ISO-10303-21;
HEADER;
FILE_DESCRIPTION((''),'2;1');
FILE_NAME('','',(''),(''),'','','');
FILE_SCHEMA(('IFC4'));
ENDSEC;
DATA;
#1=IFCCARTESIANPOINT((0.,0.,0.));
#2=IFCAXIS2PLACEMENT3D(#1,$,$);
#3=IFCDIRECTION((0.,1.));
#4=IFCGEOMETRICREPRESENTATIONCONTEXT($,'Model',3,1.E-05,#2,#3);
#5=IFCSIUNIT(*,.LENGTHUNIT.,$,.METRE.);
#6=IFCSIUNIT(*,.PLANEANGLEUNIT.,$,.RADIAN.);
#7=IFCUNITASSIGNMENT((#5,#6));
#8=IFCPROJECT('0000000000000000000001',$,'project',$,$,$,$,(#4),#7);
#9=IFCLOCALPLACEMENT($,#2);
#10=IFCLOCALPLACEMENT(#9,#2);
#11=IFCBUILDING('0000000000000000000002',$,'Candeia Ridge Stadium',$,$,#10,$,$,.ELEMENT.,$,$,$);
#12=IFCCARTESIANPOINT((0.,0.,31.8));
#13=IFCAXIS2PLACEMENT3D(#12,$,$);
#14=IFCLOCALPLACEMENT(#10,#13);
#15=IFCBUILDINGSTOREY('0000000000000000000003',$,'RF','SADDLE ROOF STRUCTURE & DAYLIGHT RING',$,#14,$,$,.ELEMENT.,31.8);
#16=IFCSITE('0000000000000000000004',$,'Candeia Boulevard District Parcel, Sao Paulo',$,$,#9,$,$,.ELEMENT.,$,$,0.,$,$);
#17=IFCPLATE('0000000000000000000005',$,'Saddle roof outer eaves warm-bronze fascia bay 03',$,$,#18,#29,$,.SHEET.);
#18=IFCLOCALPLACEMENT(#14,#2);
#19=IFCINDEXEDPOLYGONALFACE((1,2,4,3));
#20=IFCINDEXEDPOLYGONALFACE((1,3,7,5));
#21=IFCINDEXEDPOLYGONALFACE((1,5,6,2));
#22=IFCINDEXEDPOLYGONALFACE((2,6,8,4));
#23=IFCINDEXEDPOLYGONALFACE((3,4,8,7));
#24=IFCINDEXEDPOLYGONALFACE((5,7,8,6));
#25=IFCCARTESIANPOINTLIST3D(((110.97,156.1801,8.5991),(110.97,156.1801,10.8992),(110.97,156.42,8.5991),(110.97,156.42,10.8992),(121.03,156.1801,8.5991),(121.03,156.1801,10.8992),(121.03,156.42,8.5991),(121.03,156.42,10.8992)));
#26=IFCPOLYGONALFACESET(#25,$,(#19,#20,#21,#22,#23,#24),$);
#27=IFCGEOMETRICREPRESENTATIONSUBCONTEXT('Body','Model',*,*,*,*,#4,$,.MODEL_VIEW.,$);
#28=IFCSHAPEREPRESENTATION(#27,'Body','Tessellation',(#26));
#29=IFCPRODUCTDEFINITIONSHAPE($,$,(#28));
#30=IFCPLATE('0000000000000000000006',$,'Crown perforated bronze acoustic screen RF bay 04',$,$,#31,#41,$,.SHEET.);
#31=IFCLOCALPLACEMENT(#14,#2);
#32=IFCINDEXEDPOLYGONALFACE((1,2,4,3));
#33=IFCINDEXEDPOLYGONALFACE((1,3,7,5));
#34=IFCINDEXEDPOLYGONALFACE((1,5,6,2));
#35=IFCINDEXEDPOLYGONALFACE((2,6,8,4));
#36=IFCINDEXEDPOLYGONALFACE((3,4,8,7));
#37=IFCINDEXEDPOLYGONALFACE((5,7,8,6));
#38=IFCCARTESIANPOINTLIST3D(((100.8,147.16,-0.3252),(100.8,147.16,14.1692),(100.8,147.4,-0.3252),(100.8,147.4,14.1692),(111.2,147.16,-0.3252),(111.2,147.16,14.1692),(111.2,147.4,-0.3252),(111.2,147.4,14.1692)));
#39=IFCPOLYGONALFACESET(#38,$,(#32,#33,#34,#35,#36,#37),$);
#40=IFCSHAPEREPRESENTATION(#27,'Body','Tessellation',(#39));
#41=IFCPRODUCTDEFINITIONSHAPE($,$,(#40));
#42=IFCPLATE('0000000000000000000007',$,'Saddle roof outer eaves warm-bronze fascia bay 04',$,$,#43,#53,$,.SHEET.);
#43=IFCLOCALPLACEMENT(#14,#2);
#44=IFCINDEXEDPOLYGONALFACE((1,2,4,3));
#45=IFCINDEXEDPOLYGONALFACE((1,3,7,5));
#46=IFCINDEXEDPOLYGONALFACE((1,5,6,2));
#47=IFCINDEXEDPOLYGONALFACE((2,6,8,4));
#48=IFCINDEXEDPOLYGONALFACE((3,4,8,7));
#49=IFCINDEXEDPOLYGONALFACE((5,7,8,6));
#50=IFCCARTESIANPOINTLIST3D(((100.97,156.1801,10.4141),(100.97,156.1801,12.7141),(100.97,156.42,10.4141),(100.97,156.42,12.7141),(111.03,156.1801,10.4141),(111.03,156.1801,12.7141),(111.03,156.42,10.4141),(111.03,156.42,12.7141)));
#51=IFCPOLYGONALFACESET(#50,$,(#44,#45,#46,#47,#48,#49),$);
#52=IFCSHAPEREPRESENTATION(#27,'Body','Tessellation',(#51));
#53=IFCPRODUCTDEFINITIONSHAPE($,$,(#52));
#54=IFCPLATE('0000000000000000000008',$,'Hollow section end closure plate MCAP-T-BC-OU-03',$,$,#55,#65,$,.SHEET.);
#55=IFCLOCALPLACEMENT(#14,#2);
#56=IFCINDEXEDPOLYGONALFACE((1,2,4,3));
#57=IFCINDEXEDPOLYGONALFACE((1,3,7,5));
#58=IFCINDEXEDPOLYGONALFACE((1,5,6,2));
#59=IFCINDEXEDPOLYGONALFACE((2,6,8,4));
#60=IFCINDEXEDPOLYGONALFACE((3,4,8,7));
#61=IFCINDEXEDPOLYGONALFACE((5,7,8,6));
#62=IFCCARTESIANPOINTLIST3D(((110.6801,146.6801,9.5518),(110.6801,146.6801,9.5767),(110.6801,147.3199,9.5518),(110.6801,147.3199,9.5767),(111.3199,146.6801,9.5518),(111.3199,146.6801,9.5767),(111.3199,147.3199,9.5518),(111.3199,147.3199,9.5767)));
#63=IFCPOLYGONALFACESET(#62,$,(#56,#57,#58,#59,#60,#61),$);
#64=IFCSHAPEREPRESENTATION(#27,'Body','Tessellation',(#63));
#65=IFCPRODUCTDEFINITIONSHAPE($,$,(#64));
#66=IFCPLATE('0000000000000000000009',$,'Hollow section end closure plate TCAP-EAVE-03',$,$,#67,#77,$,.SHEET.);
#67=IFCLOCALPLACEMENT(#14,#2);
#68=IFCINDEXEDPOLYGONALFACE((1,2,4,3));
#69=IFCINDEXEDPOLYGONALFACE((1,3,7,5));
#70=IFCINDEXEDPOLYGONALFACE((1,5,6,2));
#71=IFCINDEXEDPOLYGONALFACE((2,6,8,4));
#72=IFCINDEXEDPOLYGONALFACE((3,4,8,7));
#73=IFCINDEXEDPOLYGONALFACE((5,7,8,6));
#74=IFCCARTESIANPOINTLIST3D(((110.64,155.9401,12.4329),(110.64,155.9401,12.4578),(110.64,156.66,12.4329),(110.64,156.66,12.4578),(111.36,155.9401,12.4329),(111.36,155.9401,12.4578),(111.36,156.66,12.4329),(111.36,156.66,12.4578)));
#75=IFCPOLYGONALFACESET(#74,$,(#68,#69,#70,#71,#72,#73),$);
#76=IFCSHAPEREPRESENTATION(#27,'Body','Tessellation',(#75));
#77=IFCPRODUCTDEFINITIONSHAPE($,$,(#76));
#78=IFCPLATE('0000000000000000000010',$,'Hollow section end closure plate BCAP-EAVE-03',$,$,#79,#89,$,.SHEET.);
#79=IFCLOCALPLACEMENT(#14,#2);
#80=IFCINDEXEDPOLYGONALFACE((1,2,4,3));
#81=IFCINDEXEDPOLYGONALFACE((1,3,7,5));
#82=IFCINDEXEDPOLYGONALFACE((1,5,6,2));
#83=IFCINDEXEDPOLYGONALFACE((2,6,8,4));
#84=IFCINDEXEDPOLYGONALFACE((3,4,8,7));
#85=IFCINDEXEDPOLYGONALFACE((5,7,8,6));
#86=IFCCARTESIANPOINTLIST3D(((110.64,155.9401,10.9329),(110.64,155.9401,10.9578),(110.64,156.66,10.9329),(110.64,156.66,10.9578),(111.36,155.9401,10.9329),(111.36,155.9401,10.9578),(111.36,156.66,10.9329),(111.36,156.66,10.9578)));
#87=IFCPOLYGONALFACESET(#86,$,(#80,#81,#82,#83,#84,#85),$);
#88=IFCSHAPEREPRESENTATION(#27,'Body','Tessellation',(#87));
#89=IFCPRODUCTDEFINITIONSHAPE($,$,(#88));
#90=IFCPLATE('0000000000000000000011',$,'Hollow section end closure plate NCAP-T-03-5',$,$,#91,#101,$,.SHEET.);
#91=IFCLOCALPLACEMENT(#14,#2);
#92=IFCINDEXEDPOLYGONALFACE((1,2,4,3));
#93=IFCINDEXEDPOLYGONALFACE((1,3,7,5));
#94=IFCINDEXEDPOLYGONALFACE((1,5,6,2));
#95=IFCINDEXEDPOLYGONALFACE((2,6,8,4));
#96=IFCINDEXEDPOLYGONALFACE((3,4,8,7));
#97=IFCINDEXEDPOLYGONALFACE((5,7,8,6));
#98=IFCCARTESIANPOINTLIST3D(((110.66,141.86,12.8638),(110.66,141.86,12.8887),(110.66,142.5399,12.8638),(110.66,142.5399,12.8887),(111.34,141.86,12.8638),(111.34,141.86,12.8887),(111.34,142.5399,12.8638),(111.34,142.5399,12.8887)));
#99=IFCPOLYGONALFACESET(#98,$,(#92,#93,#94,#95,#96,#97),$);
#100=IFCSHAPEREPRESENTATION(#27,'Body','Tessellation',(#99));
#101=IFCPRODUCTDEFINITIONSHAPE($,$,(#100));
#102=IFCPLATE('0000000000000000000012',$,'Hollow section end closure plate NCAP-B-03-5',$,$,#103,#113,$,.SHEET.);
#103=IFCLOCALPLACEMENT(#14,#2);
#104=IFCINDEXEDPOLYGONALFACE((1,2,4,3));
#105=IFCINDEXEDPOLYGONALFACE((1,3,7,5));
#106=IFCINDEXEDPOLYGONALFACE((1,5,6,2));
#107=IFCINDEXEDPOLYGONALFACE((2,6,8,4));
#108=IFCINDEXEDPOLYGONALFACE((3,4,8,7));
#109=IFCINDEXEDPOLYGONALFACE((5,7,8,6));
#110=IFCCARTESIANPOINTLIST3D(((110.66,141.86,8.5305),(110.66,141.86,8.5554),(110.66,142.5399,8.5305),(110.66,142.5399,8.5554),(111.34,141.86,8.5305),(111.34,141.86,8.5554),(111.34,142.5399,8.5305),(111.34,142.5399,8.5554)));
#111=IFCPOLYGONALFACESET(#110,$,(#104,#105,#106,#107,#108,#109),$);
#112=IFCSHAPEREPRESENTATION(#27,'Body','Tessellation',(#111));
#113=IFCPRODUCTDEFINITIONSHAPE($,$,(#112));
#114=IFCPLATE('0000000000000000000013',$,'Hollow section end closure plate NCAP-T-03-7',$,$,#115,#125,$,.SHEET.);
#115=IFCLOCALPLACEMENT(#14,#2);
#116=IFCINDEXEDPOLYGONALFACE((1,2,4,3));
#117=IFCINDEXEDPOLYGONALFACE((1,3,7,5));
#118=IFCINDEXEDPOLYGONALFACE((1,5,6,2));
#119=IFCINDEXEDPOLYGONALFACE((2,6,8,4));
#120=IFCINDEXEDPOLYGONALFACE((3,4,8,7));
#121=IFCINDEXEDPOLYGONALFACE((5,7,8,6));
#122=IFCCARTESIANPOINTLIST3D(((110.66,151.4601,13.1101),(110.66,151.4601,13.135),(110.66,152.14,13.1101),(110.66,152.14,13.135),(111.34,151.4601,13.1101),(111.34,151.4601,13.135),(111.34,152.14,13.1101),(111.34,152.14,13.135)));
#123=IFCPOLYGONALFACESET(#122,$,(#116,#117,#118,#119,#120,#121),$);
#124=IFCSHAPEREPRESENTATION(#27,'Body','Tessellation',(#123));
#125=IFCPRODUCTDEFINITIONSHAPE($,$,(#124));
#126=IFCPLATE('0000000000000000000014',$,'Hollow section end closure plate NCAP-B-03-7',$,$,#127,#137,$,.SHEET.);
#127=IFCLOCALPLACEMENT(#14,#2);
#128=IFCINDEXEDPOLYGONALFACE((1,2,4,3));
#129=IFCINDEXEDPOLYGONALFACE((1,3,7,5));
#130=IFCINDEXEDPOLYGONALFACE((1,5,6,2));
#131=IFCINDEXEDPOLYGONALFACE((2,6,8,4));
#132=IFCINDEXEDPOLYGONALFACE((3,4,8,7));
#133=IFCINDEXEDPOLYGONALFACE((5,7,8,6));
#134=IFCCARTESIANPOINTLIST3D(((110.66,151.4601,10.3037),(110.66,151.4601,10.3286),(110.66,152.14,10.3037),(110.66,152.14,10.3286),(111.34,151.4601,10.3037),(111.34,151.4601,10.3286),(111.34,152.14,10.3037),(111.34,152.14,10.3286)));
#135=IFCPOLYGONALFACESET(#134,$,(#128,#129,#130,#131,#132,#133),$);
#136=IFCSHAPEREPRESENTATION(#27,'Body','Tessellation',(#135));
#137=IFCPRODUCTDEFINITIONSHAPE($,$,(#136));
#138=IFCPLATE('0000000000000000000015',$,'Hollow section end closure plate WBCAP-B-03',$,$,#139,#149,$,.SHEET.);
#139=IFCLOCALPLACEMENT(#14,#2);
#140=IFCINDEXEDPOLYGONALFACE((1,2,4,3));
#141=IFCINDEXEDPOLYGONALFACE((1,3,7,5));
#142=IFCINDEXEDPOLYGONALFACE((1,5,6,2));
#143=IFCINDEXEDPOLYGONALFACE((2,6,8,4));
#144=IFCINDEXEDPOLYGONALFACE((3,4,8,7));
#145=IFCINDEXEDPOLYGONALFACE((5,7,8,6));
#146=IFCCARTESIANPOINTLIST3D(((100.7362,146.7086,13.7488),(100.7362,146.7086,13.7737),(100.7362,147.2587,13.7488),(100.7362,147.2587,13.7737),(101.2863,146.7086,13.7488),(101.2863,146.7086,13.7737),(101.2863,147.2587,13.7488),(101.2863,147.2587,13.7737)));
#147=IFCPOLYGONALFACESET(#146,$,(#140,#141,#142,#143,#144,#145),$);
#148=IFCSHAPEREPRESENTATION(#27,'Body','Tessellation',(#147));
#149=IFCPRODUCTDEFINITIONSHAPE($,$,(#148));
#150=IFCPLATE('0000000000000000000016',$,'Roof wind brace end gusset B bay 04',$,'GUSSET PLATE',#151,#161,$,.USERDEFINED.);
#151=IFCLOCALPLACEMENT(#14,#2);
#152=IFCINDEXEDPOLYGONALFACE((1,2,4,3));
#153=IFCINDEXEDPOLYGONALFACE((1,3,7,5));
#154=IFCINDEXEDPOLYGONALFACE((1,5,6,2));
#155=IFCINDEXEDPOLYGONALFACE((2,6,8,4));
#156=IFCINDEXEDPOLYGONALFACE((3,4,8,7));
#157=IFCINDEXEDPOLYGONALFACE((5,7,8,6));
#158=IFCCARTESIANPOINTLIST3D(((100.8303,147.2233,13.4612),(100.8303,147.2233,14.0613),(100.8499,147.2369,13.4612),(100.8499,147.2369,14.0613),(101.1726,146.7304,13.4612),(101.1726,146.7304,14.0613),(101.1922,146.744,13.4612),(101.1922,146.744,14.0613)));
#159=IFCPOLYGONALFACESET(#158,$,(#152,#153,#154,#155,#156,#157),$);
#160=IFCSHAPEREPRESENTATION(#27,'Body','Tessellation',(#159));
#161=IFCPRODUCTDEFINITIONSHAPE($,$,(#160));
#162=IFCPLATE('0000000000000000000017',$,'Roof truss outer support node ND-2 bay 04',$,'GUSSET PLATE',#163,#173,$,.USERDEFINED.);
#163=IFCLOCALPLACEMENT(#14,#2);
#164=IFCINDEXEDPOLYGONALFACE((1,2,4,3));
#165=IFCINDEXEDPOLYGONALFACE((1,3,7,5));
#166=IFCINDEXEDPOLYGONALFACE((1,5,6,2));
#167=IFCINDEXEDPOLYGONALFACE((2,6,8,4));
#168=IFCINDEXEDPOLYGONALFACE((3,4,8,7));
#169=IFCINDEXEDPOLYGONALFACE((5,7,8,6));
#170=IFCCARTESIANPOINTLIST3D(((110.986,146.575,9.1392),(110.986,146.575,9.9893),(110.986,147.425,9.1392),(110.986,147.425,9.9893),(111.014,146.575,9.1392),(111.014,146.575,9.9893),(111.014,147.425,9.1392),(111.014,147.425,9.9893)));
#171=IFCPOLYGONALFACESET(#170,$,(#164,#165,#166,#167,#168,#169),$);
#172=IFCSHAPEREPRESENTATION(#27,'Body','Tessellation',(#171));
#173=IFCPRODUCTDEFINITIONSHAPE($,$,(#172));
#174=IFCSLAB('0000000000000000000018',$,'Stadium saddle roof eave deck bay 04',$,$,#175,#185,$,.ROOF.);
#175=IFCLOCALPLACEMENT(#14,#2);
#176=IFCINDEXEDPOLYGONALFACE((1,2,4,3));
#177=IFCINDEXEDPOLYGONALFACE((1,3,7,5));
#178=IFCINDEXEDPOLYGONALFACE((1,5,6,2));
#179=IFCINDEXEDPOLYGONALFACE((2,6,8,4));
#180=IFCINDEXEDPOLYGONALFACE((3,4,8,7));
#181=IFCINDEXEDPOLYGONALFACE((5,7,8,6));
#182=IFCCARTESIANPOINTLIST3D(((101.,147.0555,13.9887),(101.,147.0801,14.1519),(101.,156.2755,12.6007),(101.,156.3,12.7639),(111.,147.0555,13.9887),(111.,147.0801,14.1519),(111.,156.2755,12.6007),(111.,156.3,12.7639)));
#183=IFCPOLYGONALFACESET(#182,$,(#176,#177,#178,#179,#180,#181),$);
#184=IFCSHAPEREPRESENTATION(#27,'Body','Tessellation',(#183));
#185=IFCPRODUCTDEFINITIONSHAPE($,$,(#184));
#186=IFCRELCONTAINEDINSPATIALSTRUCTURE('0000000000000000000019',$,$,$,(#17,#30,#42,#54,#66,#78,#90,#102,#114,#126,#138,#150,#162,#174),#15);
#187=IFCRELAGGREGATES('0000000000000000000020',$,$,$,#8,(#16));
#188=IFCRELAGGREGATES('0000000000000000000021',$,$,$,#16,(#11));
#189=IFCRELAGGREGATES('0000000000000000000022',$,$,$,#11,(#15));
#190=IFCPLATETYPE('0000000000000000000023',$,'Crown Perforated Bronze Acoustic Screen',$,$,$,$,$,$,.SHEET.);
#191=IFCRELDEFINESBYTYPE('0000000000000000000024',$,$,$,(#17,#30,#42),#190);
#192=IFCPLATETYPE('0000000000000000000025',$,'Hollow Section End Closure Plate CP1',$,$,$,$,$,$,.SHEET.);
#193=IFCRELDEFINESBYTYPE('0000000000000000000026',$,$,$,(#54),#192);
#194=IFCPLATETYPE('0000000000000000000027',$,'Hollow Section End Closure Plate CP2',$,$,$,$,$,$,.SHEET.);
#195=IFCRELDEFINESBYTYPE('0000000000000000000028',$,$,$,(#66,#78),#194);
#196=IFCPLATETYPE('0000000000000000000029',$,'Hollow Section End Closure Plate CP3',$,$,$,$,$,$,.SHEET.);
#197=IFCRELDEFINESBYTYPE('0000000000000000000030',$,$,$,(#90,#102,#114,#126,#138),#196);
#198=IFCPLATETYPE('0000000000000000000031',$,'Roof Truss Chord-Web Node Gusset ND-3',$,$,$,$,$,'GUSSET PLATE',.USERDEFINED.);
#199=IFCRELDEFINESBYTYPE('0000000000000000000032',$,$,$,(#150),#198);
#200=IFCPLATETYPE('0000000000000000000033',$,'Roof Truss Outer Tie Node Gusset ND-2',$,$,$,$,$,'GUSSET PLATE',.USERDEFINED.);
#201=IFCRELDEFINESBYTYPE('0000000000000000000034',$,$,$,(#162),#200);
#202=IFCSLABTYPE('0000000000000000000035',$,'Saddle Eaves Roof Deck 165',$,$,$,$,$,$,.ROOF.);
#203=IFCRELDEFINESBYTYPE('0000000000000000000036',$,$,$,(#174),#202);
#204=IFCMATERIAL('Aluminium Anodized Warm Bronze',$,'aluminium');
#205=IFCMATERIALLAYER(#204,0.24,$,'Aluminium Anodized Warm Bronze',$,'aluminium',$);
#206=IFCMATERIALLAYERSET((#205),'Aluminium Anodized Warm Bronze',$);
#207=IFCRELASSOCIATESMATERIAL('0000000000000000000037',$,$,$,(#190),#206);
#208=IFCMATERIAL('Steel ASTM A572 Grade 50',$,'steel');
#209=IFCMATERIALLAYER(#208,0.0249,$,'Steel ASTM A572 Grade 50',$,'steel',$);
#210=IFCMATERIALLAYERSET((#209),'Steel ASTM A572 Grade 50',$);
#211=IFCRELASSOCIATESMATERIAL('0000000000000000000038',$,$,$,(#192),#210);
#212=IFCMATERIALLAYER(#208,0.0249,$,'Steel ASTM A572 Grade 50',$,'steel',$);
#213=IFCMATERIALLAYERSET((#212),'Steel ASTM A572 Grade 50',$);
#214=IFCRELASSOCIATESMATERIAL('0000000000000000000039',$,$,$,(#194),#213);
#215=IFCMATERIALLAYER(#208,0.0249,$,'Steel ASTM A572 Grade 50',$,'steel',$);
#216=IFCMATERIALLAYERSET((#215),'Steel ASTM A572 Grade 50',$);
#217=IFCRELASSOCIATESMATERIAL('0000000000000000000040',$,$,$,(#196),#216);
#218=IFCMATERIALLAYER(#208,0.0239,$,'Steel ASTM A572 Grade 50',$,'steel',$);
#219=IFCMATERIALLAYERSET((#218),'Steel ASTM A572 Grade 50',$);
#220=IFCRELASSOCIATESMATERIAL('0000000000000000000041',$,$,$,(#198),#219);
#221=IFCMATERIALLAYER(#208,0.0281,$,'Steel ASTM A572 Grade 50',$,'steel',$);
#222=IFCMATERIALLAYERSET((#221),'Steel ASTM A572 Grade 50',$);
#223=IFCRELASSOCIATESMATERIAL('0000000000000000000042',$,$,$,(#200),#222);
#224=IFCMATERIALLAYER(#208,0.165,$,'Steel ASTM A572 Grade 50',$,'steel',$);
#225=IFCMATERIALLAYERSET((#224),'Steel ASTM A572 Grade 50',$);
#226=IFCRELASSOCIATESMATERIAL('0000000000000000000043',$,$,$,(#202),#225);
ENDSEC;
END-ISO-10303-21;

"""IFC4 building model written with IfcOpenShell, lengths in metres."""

from ifc_helpers import new_model, si_unit, direction, frame, origin, origin_2d, place, context, subcontext, project, spatial, polyline, rectangle, outline, extrude, material, layer, layer_set, type_object, element, save


model = new_model("IFC4")

# Units and contexts
model_context = context("Model", 3, precision=1e-05, world=origin(), true_north=direction((0.0, 1.0)))
body_context = subcontext(model_context, "Body", "Model", "MODEL_VIEW")
ifc_project = project(units=[si_unit("LENGTHUNIT", "METRE"), si_unit("PLANEANGLEUNIT", "RADIAN")], contexts=[model_context])

# Site, building, storey
site_placement = place(None, origin())
site = spatial("IfcSite", under=ifc_project, at=site_placement, Name="Candeia Boulevard District Parcel, Sao Paulo", CompositionType="ELEMENT", RefElevation=0.0)
building_placement = place(site_placement, origin())
building = spatial("IfcBuilding", under=site, at=building_placement, Name="Candeia Ridge Stadium", CompositionType="ELEMENT")
storey_placement = place(building_placement, frame((0.0, 0.0, 31.8)))
storey = spatial("IfcBuildingStorey", under=building, at=storey_placement, Name="RF", Description="SADDLE ROOF STRUCTURE & DAYLIGHT RING", CompositionType="ELEMENT", Elevation=31.8)

# Shared definitions
ifc_material_1 = material(Name="Steel ASTM A572 Grade 50", Category="steel")

# Plates
ifc_material_2 = material(Name="Aluminium Anodized Warm Bronze", Category="aluminium")
ifc_layer_1 = layer(ifc_material_2, 0.24, Name="Aluminium Anodized Warm Bronze", Category="aluminium")
ifc_layer_set_1 = layer_set([ifc_layer_1], Name="Aluminium Anodized Warm Bronze")
plate_type_1 = type_object("IfcPlateType", Name="Crown Perforated Bronze Acoustic Screen", PredefinedType="SHEET", material=ifc_layer_set_1)
plate_1_placement = place(storey_placement, frame((116.0, 156.3, 8.5991), z_axis=(0.0, 0.0, 1.0), x_axis=(-1.0, 0.0, 0.0)))
element("IfcPlate", 1, at=plate_1_placement, inside=storey, type_object=plate_type_1, Name="Saddle roof outer eaves warm-bronze fascia bay 03", PredefinedType="SHEET", context=body_context, shape_type="SweptSolid", body=[
    extrude(rectangle(XDim=10.0601, YDim=0.24, at=origin_2d()), origin(), (0.0, 0.0, 1.0), 2.3),
])
plate_2_placement = place(storey_placement, frame((106.0, 147.28, -0.3252), z_axis=(0.0, 0.0, 1.0), x_axis=(-1.0, 0.0, 0.0)))
element("IfcPlate", 2, at=plate_2_placement, inside=storey, type_object=plate_type_1, Name="Crown perforated bronze acoustic screen RF bay 04", PredefinedType="SHEET", context=body_context, shape_type="SweptSolid", body=[
    extrude(rectangle(XDim=10.3999, YDim=0.24, at=origin_2d()), origin(), (0.0, 0.0, 1.0), 14.4944),
])
plate_3_placement = place(storey_placement, frame((106.0, 156.3, 10.4141), z_axis=(0.0, 0.0, 1.0), x_axis=(-1.0, 0.0, 0.0)))
element("IfcPlate", 3, at=plate_3_placement, inside=storey, type_object=plate_type_1, Name="Saddle roof outer eaves warm-bronze fascia bay 04", PredefinedType="SHEET", context=body_context, shape_type="SweptSolid", body=[
    extrude(rectangle(XDim=10.0601, YDim=0.24, at=origin_2d()), origin(), (0.0, 0.0, 1.0), 2.3),
])
ifc_layer_2 = layer(ifc_material_1, 0.0249, Name="Steel ASTM A572 Grade 50", Category="steel")
ifc_layer_set_2 = layer_set([ifc_layer_2], Name="Steel ASTM A572 Grade 50")
plate_type_2 = type_object("IfcPlateType", Name="Hollow Section End Closure Plate CP1", PredefinedType="SHEET", material=ifc_layer_set_2)
plate_4_placement = place(storey_placement, frame((111.0, 147.0, 9.5518), z_axis=(0.0, 0.0, 1.0), x_axis=(1.0, 0.0, 0.0)))
element("IfcPlate", 4, at=plate_4_placement, inside=storey, type_object=plate_type_2, Name="Hollow section end closure plate MCAP-T-BC-OU-03", PredefinedType="SHEET", context=body_context, shape_type="SweptSolid", body=[
    extrude(rectangle(XDim=0.6399, YDim=0.6399, at=origin_2d()), origin(), (0.0, 0.0, 1.0), 0.0249),
])
ifc_layer_3 = layer(ifc_material_1, 0.0249, Name="Steel ASTM A572 Grade 50", Category="steel")
ifc_layer_set_3 = layer_set([ifc_layer_3], Name="Steel ASTM A572 Grade 50")
plate_type_3 = type_object("IfcPlateType", Name="Hollow Section End Closure Plate CP2", PredefinedType="SHEET", material=ifc_layer_set_3)
for number, where, z_axis, x_axis, name in (
    (5, (111.0, 156.3, 12.4329), (0.0, 0.0, 1.0), (1.0, 0.0, 0.0), "Hollow section end closure plate TCAP-EAVE-03"),
    (6, (111.0, 156.3, 10.9329), (0.0, 0.0, 1.0), (1.0, 0.0, 0.0), "Hollow section end closure plate BCAP-EAVE-03"),
):
    element("IfcPlate", number, at=place(storey_placement, frame(where, z_axis=z_axis, x_axis=x_axis)), inside=storey, type_object=plate_type_3, Name=name, PredefinedType="SHEET", context=body_context, shape_type="SweptSolid", body=[
        extrude(rectangle(XDim=0.72, YDim=0.72, at=origin_2d()), origin(), (0.0, 0.0, 1.0), 0.0249),
    ])
ifc_layer_4 = layer(ifc_material_1, 0.0249, Name="Steel ASTM A572 Grade 50", Category="steel")
ifc_layer_set_4 = layer_set([ifc_layer_4], Name="Steel ASTM A572 Grade 50")
plate_type_4 = type_object("IfcPlateType", Name="Hollow Section End Closure Plate CP3", PredefinedType="SHEET", material=ifc_layer_set_4)
for number, where, z_axis, x_axis, name in (
    (7, (111.0, 142.2, 12.8638), (0.0, 0.0, 1.0), (1.0, 0.0, 0.0), "Hollow section end closure plate NCAP-T-03-5"),
    (8, (111.0, 142.2, 8.5305), (0.0, 0.0, 1.0), (1.0, 0.0, 0.0), "Hollow section end closure plate NCAP-B-03-5"),
    (9, (111.0, 151.8, 13.1101), (0.0, 0.0, 1.0), (1.0, 0.0, 0.0), "Hollow section end closure plate NCAP-T-03-7"),
    (10, (111.0, 151.8, 10.3037), (0.0, 0.0, 1.0), (1.0, 0.0, 0.0), "Hollow section end closure plate NCAP-B-03-7"),
):
    element("IfcPlate", number, at=place(storey_placement, frame(where, z_axis=z_axis, x_axis=x_axis)), inside=storey, type_object=plate_type_4, Name=name, PredefinedType="SHEET", context=body_context, shape_type="SweptSolid", body=[
        extrude(rectangle(XDim=0.6799, YDim=0.6799, at=origin_2d()), origin(), (0.0, 0.0, 1.0), 0.0249),
    ])
plate_5_placement = place(storey_placement, frame((101.0112, 146.9836, 13.7488), z_axis=(0.0, 0.0, 1.0), x_axis=(1.0, 0.0, 0.0)))
element("IfcPlate", 11, at=plate_5_placement, inside=storey, type_object=plate_type_4, Name="Hollow section end closure plate WBCAP-B-03", PredefinedType="SHEET", context=body_context, shape_type="SweptSolid", body=[
    extrude(rectangle(XDim=0.55, YDim=0.55, at=origin_2d()), origin(), (0.0, 0.0, 1.0), 0.0249),
])
ifc_layer_5 = layer(ifc_material_1, 0.0239, Name="Steel ASTM A572 Grade 50", Category="steel")
ifc_layer_set_5 = layer_set([ifc_layer_5], Name="Steel ASTM A572 Grade 50")
plate_type_5 = type_object("IfcPlateType", Name="Roof Truss Chord-Web Node Gusset ND-3", ElementType="GUSSET PLATE", PredefinedType="USERDEFINED", material=ifc_layer_set_5)
plate_6_placement = place(storey_placement, frame((101.0112, 146.9836, 13.4612), z_axis=(0.0, 0.0, 1.0), x_axis=(-0.570395, 0.82137, 0.0)))
element("IfcPlate", 12, at=plate_6_placement, inside=storey, type_object=plate_type_5, Name="Roof wind brace end gusset B bay 04", ObjectType="GUSSET PLATE", PredefinedType="USERDEFINED", context=body_context, shape_type="SweptSolid", body=[
    extrude(rectangle(XDim=0.6001, YDim=0.0239, at=origin_2d()), origin(), (0.0, 0.0, 1.0), 0.6001),
])
ifc_layer_6 = layer(ifc_material_1, 0.0281, Name="Steel ASTM A572 Grade 50", Category="steel")
ifc_layer_set_6 = layer_set([ifc_layer_6], Name="Steel ASTM A572 Grade 50")
plate_type_6 = type_object("IfcPlateType", Name="Roof Truss Outer Tie Node Gusset ND-2", ElementType="GUSSET PLATE", PredefinedType="USERDEFINED", material=ifc_layer_set_6)
plate_7_placement = place(storey_placement, frame((111.0, 147.0, 9.1392), z_axis=(0.0, 0.0, 1.0), x_axis=(0.0, 1.0, 0.0)))
element("IfcPlate", 13, at=plate_7_placement, inside=storey, type_object=plate_type_6, Name="Roof truss outer support node ND-2 bay 04", ObjectType="GUSSET PLATE", PredefinedType="USERDEFINED", context=body_context, shape_type="SweptSolid", body=[
    extrude(rectangle(XDim=0.8501, YDim=0.0281, at=origin_2d()), origin(), (0.0, 0.0, 1.0), 0.8501),
])

# Slab
ifc_layer_7 = layer(ifc_material_1, 0.165, Name="Steel ASTM A572 Grade 50", Category="steel")
ifc_layer_set_7 = layer_set([ifc_layer_7], Name="Steel ASTM A572 Grade 50")
slab_type = type_object("IfcSlabType", Name="Saddle Eaves Roof Deck 165", PredefinedType="ROOF", material=ifc_layer_set_7)
slab_placement = place(storey_placement, frame((111.0, 147.0801, 14.1519), z_axis=(0.0, 0.148859, 0.988858), x_axis=(-1.0, 0.0, 0.0)))
element("IfcSlab", 14, at=slab_placement, inside=storey, type_object=slab_type, Name="Stadium saddle roof eave deck bay 04", PredefinedType="ROOF", context=body_context, shape_type="SweptSolid", body=[
    extrude(outline(polyline([(0.0, 0.0), (10.0, 0.0), (10.0, -9.3239), (0.0, -9.3239), (0.0, 0.0)])), origin(), (0.0, 0.0, -1.0), 0.165),
])

save(model, "model.ifc")
